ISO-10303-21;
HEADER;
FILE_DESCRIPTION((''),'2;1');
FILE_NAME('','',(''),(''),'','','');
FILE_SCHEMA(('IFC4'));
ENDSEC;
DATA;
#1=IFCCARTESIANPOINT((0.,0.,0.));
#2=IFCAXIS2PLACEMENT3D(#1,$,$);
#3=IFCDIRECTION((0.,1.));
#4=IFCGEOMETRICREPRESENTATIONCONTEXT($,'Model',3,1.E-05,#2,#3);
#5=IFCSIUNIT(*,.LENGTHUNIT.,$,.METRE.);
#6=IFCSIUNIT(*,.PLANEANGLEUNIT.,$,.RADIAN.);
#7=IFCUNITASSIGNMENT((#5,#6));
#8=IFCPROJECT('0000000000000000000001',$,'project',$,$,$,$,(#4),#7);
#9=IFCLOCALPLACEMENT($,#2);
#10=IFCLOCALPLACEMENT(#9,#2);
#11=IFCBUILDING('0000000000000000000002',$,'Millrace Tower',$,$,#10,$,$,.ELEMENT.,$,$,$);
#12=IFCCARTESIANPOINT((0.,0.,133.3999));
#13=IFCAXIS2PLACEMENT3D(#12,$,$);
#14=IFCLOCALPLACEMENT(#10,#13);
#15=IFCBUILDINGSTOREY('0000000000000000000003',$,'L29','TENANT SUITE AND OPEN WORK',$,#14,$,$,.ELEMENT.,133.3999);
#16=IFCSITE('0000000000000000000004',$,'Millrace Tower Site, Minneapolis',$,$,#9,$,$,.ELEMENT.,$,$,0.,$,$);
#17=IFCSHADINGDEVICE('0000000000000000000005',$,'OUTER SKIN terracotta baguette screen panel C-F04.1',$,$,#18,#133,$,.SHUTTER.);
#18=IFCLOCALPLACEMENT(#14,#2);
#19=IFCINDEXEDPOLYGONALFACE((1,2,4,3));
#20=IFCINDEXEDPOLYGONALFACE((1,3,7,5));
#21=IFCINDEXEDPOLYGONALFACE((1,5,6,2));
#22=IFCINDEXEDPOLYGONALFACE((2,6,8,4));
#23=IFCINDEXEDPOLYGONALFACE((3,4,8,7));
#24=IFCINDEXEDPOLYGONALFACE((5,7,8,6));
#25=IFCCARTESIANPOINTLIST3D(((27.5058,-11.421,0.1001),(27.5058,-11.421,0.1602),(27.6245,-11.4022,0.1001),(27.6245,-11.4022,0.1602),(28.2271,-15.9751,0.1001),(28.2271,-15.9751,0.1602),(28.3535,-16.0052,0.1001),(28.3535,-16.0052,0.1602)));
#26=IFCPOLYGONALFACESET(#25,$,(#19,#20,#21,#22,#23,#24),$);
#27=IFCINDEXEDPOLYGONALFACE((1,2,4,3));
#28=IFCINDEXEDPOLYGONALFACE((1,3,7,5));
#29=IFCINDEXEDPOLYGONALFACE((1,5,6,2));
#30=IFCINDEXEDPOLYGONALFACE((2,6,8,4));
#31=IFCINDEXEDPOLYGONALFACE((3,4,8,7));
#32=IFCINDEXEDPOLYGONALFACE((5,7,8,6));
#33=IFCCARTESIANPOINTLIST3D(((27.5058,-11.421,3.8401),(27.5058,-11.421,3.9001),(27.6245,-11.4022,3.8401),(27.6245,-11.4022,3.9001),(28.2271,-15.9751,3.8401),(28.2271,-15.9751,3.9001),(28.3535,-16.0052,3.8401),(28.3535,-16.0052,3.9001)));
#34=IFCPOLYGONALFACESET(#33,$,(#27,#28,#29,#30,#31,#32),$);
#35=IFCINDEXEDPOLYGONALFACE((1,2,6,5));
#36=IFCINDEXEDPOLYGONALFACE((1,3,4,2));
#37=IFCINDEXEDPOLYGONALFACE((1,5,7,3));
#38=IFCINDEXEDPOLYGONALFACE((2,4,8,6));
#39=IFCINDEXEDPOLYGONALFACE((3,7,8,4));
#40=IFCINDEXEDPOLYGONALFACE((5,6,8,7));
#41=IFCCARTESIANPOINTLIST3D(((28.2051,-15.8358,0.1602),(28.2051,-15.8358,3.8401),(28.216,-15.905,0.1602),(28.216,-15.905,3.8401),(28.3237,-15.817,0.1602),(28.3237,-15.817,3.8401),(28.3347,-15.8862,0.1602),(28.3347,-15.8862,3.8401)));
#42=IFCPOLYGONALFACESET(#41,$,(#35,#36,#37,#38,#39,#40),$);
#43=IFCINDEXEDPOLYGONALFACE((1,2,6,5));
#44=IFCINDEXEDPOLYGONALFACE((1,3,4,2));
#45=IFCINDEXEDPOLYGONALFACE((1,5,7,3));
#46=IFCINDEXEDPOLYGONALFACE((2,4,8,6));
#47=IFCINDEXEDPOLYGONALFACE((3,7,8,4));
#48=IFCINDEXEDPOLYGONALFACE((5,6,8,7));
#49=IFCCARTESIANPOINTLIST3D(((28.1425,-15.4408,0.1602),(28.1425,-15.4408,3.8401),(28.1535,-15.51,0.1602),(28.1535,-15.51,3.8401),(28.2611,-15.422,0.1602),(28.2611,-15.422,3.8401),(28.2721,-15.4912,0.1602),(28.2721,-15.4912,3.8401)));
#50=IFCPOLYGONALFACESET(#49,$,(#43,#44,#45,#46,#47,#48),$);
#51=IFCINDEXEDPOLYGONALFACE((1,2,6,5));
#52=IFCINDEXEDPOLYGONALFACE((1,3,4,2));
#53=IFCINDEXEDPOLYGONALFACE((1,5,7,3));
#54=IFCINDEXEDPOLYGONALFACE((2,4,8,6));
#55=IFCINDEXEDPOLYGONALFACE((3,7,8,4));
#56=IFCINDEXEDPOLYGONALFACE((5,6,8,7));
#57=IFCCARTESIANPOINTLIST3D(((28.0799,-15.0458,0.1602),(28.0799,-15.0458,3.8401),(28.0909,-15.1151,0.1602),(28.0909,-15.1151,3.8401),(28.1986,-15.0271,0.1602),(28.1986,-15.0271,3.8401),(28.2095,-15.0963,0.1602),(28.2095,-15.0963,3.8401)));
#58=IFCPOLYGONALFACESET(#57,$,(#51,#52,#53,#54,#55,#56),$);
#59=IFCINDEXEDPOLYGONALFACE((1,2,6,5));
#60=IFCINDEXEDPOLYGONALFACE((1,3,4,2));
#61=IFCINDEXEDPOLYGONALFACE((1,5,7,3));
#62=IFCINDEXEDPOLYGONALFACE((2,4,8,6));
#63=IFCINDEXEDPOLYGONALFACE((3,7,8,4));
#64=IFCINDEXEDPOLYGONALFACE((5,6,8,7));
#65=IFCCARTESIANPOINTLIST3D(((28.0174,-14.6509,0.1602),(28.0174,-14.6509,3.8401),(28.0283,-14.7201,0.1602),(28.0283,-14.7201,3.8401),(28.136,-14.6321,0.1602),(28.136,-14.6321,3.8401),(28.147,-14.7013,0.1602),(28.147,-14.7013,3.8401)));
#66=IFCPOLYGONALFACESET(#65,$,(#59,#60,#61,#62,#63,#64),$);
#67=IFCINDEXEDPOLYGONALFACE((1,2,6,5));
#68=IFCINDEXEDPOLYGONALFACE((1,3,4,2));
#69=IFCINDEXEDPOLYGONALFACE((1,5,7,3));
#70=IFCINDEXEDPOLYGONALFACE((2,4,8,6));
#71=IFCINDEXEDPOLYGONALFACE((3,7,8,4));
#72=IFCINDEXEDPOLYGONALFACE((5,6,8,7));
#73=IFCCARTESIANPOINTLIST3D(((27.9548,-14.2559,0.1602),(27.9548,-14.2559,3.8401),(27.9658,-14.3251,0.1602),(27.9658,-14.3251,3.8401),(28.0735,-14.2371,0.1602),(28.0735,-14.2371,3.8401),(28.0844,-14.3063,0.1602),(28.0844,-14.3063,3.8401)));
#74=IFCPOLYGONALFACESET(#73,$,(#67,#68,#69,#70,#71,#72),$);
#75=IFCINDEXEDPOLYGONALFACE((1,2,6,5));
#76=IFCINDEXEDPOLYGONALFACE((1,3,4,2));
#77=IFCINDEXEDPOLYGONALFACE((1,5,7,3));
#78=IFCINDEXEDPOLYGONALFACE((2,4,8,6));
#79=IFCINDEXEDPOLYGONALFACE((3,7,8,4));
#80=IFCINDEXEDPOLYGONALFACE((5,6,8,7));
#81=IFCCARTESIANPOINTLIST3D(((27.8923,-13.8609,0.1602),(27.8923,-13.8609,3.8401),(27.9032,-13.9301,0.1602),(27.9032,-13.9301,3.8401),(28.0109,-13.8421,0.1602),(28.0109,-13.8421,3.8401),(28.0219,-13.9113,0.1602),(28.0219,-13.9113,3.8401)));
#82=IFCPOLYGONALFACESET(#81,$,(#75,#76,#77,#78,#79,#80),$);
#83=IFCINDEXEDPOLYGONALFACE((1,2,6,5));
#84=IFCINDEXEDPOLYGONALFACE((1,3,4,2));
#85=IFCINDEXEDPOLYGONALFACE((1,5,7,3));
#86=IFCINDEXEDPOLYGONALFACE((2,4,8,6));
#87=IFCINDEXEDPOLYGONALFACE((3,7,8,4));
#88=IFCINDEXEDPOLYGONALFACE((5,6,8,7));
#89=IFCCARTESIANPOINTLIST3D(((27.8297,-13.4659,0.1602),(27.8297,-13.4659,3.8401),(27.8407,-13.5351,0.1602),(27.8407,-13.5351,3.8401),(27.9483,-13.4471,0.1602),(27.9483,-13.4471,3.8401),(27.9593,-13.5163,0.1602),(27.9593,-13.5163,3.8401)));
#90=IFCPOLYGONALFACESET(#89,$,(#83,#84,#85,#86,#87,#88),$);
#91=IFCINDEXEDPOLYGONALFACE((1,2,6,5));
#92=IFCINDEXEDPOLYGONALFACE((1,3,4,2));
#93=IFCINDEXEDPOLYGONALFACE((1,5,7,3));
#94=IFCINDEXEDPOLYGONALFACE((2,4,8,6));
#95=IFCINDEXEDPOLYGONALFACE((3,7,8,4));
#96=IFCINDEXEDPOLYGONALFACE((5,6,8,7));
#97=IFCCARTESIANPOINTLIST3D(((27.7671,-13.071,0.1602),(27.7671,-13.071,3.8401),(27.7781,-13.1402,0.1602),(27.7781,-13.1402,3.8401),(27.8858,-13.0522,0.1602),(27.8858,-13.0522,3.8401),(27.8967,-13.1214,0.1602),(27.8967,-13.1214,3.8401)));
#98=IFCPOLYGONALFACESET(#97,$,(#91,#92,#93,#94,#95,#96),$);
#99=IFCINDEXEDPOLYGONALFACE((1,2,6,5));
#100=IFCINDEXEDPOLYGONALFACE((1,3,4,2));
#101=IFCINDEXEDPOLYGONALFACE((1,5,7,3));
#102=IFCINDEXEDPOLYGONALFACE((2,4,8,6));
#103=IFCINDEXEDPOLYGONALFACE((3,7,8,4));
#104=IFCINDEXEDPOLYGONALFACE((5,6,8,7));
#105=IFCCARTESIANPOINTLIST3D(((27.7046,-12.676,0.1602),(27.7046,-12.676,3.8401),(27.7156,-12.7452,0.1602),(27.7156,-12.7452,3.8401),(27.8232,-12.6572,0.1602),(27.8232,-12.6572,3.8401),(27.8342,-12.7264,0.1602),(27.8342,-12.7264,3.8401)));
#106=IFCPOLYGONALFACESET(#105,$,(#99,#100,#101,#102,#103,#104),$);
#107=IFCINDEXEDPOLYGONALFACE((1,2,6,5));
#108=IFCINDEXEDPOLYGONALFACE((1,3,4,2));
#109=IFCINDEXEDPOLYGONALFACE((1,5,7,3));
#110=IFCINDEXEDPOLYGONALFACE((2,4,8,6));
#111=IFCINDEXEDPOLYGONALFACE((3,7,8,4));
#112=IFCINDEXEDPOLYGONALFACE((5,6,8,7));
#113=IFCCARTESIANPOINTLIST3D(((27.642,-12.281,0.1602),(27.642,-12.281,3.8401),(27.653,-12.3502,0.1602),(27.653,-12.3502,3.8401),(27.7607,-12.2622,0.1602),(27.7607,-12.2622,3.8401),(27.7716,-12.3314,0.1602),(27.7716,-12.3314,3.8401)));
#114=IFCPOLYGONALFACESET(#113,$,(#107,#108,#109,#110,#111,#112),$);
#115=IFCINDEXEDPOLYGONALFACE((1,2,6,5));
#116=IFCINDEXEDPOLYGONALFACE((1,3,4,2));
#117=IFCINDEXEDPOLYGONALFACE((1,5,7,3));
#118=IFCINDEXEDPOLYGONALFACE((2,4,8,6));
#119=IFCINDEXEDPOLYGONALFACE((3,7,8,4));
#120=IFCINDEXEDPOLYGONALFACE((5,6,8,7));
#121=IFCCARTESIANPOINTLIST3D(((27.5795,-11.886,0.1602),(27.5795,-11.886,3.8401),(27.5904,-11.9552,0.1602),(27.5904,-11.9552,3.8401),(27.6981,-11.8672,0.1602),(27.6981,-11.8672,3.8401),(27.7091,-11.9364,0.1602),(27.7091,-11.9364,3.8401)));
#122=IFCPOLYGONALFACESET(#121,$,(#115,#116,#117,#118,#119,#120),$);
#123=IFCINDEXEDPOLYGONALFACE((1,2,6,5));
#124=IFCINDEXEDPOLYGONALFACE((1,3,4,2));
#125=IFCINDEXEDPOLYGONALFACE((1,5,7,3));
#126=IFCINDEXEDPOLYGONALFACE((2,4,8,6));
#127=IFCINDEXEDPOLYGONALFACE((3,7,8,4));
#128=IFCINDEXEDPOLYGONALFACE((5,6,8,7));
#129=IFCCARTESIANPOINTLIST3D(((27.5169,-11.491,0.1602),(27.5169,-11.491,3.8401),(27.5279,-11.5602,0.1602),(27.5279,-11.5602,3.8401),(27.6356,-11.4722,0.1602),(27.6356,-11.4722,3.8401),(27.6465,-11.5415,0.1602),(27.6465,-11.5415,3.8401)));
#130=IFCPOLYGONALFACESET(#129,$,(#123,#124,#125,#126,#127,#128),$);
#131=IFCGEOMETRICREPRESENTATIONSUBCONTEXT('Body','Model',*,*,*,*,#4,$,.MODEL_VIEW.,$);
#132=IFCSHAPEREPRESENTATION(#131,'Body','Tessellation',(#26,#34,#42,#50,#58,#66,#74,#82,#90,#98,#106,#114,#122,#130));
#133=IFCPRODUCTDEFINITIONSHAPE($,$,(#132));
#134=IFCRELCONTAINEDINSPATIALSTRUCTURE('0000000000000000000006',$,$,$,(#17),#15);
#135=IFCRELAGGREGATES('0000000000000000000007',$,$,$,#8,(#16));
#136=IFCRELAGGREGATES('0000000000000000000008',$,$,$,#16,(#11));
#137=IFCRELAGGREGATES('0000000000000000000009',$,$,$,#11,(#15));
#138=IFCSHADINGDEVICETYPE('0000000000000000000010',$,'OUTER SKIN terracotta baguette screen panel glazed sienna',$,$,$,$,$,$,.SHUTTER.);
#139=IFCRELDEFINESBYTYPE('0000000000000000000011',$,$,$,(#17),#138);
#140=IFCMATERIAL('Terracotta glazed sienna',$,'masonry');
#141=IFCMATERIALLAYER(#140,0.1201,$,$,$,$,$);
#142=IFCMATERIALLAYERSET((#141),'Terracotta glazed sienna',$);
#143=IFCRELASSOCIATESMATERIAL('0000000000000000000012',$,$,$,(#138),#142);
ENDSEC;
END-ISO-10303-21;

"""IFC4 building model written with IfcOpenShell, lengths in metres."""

from ifc_helpers import new_model, entity, si_unit, direction, frame, frame_2d, origin, place, context, subcontext, project, spatial, rectangle, extrude, source, transform, mapped, material, layer, layer_set, type_object, element, save


model = new_model("IFC4")

# Units and contexts
model_context = context("Model", 3, precision=1e-05, world=origin(), true_north=direction((0.0, 1.0)))
body_context = subcontext(model_context, "Body", "Model", "MODEL_VIEW")
ifc_project = project(units=[si_unit("LENGTHUNIT", "METRE"), si_unit("PLANEANGLEUNIT", "RADIAN")], contexts=[model_context])

# Site, building, storey
site_placement = place(None, origin())
site = spatial("IfcSite", under=ifc_project, at=site_placement, Name="Millrace Tower Site, Minneapolis", CompositionType="ELEMENT", RefElevation=0.0)
building_placement = place(site_placement, origin())
building = spatial("IfcBuilding", under=site, at=building_placement, Name="Millrace Tower", CompositionType="ELEMENT")
storey_placement = place(building_placement, frame((0.0, 0.0, 133.3999)))
storey = spatial("IfcBuildingStorey", under=building, at=storey_placement, Name="L29", Description="TENANT SUITE AND OPEN WORK", CompositionType="ELEMENT", Elevation=133.3999)

# Shading device
ifc_material_1 = material(Name="Terracotta glazed sienna", Category="masonry")
ifc_layer_1 = layer(ifc_material_1, 0.1201)
ifc_layer_set_1 = layer_set([ifc_layer_1], Name="Terracotta glazed sienna")
shading_device_type = type_object("IfcShadingDeviceType", Name="OUTER SKIN terracotta baguette screen panel glazed sienna", PredefinedType="SHUTTER", material=ifc_layer_set_1)
cartesian_point_1 = entity("IfcCartesianPoint", [-2.293, 0.0601])
shared_polyline_1 = entity("IfcPolyline", [cartesian_point_1, entity("IfcCartesianPoint", [2.3179, 0.0601]), entity("IfcCartesianPoint", [2.3179, -0.0601]), entity("IfcCartesianPoint", [-2.3425, -0.0601]), cartesian_point_1])
shared_shape_1 = source(origin(), body_context, "Body", "SweptSolid", [
    entity("IfcExtrudedAreaSolid", entity("IfcArbitraryClosedProfileDef", "AREA", None, shared_polyline_1), entity("IfcAxis2Placement3D", entity("IfcCartesianPoint", [0.0, 0.0, 0.0])), entity("IfcDirection", [0.0, 0.0, 1.0]), 0.0601),
    entity("IfcExtrudedAreaSolid", entity("IfcArbitraryClosedProfileDef", "AREA", None, shared_polyline_1), entity("IfcAxis2Placement3D", entity("IfcCartesianPoint", [0.0, 0.0, 3.74])), entity("IfcDirection", [0.0, 0.0, 1.0]), 0.0601),
    extrude(rectangle(XDim=0.0701, YDim=0.1201, at=frame_2d((-2.187, 0.0))), frame((0.0, 0.0, 0.0601)), (0.0, 0.0, 1.0), 3.6799),
    extrude(rectangle(XDim=0.0701, YDim=0.1201, at=frame_2d((-1.7871, 0.0))), frame((0.0, 0.0, 0.0601)), (0.0, 0.0, 1.0), 3.6799),
    extrude(rectangle(XDim=0.0701, YDim=0.1201, at=frame_2d((-1.3872, 0.0))), frame((0.0, 0.0, 0.0601)), (0.0, 0.0, 1.0), 3.6799),
    extrude(rectangle(XDim=0.0701, YDim=0.1201, at=frame_2d((-0.9873, 0.0))), frame((0.0, 0.0, 0.0601)), (0.0, 0.0, 1.0), 3.6799),
    extrude(rectangle(XDim=0.0701, YDim=0.1201, at=frame_2d((-0.5874, 0.0))), frame((0.0, 0.0, 0.0601)), (0.0, 0.0, 1.0), 3.6799),
    extrude(rectangle(XDim=0.0701, YDim=0.1201, at=frame_2d((-0.1875, 0.0))), frame((0.0, 0.0, 0.0601)), (0.0, 0.0, 1.0), 3.6799),
    extrude(rectangle(XDim=0.0701, YDim=0.1201, at=frame_2d((0.2124, 0.0))), frame((0.0, 0.0, 0.0601)), (0.0, 0.0, 1.0), 3.6799),
    extrude(rectangle(XDim=0.0701, YDim=0.1201, at=frame_2d((0.6123, 0.0))), frame((0.0, 0.0, 0.0601)), (0.0, 0.0, 1.0), 3.6799),
    extrude(rectangle(XDim=0.0701, YDim=0.1201, at=frame_2d((1.0122, 0.0))), frame((0.0, 0.0, 0.0601)), (0.0, 0.0, 1.0), 3.6799),
    extrude(rectangle(XDim=0.0701, YDim=0.1201, at=frame_2d((1.4121, 0.0))), frame((0.0, 0.0, 0.0601)), (0.0, 0.0, 1.0), 3.6799),
    extrude(rectangle(XDim=0.0701, YDim=0.1201, at=frame_2d((1.812, 0.0))), frame((0.0, 0.0, 0.0601)), (0.0, 0.0, 1.0), 3.6799),
    extrude(rectangle(XDim=0.0701, YDim=0.1201, at=frame_2d((2.2119, 0.0))), frame((0.0, 0.0, 0.0601)), (0.0, 0.0, 1.0), 3.6799),
])
shading_device_1_placement = place(storey_placement, frame((27.9277, -13.7009, 0.1001), z_axis=(0.0, 0.0, 1.0), x_axis=(-0.156434, 0.987688, 0.0)))
element("IfcShadingDevice", 1, at=shading_device_1_placement, inside=storey, type_object=shading_device_type, Name="OUTER SKIN terracotta baguette screen panel C-F04.1", PredefinedType="SHUTTER", context=body_context, shape_type="MappedRepresentation", body=[
    mapped(shared_shape_1, transform((0.0, 0.0, 0.0), scale=1.0)),
])

save(model, "model.ifc")
